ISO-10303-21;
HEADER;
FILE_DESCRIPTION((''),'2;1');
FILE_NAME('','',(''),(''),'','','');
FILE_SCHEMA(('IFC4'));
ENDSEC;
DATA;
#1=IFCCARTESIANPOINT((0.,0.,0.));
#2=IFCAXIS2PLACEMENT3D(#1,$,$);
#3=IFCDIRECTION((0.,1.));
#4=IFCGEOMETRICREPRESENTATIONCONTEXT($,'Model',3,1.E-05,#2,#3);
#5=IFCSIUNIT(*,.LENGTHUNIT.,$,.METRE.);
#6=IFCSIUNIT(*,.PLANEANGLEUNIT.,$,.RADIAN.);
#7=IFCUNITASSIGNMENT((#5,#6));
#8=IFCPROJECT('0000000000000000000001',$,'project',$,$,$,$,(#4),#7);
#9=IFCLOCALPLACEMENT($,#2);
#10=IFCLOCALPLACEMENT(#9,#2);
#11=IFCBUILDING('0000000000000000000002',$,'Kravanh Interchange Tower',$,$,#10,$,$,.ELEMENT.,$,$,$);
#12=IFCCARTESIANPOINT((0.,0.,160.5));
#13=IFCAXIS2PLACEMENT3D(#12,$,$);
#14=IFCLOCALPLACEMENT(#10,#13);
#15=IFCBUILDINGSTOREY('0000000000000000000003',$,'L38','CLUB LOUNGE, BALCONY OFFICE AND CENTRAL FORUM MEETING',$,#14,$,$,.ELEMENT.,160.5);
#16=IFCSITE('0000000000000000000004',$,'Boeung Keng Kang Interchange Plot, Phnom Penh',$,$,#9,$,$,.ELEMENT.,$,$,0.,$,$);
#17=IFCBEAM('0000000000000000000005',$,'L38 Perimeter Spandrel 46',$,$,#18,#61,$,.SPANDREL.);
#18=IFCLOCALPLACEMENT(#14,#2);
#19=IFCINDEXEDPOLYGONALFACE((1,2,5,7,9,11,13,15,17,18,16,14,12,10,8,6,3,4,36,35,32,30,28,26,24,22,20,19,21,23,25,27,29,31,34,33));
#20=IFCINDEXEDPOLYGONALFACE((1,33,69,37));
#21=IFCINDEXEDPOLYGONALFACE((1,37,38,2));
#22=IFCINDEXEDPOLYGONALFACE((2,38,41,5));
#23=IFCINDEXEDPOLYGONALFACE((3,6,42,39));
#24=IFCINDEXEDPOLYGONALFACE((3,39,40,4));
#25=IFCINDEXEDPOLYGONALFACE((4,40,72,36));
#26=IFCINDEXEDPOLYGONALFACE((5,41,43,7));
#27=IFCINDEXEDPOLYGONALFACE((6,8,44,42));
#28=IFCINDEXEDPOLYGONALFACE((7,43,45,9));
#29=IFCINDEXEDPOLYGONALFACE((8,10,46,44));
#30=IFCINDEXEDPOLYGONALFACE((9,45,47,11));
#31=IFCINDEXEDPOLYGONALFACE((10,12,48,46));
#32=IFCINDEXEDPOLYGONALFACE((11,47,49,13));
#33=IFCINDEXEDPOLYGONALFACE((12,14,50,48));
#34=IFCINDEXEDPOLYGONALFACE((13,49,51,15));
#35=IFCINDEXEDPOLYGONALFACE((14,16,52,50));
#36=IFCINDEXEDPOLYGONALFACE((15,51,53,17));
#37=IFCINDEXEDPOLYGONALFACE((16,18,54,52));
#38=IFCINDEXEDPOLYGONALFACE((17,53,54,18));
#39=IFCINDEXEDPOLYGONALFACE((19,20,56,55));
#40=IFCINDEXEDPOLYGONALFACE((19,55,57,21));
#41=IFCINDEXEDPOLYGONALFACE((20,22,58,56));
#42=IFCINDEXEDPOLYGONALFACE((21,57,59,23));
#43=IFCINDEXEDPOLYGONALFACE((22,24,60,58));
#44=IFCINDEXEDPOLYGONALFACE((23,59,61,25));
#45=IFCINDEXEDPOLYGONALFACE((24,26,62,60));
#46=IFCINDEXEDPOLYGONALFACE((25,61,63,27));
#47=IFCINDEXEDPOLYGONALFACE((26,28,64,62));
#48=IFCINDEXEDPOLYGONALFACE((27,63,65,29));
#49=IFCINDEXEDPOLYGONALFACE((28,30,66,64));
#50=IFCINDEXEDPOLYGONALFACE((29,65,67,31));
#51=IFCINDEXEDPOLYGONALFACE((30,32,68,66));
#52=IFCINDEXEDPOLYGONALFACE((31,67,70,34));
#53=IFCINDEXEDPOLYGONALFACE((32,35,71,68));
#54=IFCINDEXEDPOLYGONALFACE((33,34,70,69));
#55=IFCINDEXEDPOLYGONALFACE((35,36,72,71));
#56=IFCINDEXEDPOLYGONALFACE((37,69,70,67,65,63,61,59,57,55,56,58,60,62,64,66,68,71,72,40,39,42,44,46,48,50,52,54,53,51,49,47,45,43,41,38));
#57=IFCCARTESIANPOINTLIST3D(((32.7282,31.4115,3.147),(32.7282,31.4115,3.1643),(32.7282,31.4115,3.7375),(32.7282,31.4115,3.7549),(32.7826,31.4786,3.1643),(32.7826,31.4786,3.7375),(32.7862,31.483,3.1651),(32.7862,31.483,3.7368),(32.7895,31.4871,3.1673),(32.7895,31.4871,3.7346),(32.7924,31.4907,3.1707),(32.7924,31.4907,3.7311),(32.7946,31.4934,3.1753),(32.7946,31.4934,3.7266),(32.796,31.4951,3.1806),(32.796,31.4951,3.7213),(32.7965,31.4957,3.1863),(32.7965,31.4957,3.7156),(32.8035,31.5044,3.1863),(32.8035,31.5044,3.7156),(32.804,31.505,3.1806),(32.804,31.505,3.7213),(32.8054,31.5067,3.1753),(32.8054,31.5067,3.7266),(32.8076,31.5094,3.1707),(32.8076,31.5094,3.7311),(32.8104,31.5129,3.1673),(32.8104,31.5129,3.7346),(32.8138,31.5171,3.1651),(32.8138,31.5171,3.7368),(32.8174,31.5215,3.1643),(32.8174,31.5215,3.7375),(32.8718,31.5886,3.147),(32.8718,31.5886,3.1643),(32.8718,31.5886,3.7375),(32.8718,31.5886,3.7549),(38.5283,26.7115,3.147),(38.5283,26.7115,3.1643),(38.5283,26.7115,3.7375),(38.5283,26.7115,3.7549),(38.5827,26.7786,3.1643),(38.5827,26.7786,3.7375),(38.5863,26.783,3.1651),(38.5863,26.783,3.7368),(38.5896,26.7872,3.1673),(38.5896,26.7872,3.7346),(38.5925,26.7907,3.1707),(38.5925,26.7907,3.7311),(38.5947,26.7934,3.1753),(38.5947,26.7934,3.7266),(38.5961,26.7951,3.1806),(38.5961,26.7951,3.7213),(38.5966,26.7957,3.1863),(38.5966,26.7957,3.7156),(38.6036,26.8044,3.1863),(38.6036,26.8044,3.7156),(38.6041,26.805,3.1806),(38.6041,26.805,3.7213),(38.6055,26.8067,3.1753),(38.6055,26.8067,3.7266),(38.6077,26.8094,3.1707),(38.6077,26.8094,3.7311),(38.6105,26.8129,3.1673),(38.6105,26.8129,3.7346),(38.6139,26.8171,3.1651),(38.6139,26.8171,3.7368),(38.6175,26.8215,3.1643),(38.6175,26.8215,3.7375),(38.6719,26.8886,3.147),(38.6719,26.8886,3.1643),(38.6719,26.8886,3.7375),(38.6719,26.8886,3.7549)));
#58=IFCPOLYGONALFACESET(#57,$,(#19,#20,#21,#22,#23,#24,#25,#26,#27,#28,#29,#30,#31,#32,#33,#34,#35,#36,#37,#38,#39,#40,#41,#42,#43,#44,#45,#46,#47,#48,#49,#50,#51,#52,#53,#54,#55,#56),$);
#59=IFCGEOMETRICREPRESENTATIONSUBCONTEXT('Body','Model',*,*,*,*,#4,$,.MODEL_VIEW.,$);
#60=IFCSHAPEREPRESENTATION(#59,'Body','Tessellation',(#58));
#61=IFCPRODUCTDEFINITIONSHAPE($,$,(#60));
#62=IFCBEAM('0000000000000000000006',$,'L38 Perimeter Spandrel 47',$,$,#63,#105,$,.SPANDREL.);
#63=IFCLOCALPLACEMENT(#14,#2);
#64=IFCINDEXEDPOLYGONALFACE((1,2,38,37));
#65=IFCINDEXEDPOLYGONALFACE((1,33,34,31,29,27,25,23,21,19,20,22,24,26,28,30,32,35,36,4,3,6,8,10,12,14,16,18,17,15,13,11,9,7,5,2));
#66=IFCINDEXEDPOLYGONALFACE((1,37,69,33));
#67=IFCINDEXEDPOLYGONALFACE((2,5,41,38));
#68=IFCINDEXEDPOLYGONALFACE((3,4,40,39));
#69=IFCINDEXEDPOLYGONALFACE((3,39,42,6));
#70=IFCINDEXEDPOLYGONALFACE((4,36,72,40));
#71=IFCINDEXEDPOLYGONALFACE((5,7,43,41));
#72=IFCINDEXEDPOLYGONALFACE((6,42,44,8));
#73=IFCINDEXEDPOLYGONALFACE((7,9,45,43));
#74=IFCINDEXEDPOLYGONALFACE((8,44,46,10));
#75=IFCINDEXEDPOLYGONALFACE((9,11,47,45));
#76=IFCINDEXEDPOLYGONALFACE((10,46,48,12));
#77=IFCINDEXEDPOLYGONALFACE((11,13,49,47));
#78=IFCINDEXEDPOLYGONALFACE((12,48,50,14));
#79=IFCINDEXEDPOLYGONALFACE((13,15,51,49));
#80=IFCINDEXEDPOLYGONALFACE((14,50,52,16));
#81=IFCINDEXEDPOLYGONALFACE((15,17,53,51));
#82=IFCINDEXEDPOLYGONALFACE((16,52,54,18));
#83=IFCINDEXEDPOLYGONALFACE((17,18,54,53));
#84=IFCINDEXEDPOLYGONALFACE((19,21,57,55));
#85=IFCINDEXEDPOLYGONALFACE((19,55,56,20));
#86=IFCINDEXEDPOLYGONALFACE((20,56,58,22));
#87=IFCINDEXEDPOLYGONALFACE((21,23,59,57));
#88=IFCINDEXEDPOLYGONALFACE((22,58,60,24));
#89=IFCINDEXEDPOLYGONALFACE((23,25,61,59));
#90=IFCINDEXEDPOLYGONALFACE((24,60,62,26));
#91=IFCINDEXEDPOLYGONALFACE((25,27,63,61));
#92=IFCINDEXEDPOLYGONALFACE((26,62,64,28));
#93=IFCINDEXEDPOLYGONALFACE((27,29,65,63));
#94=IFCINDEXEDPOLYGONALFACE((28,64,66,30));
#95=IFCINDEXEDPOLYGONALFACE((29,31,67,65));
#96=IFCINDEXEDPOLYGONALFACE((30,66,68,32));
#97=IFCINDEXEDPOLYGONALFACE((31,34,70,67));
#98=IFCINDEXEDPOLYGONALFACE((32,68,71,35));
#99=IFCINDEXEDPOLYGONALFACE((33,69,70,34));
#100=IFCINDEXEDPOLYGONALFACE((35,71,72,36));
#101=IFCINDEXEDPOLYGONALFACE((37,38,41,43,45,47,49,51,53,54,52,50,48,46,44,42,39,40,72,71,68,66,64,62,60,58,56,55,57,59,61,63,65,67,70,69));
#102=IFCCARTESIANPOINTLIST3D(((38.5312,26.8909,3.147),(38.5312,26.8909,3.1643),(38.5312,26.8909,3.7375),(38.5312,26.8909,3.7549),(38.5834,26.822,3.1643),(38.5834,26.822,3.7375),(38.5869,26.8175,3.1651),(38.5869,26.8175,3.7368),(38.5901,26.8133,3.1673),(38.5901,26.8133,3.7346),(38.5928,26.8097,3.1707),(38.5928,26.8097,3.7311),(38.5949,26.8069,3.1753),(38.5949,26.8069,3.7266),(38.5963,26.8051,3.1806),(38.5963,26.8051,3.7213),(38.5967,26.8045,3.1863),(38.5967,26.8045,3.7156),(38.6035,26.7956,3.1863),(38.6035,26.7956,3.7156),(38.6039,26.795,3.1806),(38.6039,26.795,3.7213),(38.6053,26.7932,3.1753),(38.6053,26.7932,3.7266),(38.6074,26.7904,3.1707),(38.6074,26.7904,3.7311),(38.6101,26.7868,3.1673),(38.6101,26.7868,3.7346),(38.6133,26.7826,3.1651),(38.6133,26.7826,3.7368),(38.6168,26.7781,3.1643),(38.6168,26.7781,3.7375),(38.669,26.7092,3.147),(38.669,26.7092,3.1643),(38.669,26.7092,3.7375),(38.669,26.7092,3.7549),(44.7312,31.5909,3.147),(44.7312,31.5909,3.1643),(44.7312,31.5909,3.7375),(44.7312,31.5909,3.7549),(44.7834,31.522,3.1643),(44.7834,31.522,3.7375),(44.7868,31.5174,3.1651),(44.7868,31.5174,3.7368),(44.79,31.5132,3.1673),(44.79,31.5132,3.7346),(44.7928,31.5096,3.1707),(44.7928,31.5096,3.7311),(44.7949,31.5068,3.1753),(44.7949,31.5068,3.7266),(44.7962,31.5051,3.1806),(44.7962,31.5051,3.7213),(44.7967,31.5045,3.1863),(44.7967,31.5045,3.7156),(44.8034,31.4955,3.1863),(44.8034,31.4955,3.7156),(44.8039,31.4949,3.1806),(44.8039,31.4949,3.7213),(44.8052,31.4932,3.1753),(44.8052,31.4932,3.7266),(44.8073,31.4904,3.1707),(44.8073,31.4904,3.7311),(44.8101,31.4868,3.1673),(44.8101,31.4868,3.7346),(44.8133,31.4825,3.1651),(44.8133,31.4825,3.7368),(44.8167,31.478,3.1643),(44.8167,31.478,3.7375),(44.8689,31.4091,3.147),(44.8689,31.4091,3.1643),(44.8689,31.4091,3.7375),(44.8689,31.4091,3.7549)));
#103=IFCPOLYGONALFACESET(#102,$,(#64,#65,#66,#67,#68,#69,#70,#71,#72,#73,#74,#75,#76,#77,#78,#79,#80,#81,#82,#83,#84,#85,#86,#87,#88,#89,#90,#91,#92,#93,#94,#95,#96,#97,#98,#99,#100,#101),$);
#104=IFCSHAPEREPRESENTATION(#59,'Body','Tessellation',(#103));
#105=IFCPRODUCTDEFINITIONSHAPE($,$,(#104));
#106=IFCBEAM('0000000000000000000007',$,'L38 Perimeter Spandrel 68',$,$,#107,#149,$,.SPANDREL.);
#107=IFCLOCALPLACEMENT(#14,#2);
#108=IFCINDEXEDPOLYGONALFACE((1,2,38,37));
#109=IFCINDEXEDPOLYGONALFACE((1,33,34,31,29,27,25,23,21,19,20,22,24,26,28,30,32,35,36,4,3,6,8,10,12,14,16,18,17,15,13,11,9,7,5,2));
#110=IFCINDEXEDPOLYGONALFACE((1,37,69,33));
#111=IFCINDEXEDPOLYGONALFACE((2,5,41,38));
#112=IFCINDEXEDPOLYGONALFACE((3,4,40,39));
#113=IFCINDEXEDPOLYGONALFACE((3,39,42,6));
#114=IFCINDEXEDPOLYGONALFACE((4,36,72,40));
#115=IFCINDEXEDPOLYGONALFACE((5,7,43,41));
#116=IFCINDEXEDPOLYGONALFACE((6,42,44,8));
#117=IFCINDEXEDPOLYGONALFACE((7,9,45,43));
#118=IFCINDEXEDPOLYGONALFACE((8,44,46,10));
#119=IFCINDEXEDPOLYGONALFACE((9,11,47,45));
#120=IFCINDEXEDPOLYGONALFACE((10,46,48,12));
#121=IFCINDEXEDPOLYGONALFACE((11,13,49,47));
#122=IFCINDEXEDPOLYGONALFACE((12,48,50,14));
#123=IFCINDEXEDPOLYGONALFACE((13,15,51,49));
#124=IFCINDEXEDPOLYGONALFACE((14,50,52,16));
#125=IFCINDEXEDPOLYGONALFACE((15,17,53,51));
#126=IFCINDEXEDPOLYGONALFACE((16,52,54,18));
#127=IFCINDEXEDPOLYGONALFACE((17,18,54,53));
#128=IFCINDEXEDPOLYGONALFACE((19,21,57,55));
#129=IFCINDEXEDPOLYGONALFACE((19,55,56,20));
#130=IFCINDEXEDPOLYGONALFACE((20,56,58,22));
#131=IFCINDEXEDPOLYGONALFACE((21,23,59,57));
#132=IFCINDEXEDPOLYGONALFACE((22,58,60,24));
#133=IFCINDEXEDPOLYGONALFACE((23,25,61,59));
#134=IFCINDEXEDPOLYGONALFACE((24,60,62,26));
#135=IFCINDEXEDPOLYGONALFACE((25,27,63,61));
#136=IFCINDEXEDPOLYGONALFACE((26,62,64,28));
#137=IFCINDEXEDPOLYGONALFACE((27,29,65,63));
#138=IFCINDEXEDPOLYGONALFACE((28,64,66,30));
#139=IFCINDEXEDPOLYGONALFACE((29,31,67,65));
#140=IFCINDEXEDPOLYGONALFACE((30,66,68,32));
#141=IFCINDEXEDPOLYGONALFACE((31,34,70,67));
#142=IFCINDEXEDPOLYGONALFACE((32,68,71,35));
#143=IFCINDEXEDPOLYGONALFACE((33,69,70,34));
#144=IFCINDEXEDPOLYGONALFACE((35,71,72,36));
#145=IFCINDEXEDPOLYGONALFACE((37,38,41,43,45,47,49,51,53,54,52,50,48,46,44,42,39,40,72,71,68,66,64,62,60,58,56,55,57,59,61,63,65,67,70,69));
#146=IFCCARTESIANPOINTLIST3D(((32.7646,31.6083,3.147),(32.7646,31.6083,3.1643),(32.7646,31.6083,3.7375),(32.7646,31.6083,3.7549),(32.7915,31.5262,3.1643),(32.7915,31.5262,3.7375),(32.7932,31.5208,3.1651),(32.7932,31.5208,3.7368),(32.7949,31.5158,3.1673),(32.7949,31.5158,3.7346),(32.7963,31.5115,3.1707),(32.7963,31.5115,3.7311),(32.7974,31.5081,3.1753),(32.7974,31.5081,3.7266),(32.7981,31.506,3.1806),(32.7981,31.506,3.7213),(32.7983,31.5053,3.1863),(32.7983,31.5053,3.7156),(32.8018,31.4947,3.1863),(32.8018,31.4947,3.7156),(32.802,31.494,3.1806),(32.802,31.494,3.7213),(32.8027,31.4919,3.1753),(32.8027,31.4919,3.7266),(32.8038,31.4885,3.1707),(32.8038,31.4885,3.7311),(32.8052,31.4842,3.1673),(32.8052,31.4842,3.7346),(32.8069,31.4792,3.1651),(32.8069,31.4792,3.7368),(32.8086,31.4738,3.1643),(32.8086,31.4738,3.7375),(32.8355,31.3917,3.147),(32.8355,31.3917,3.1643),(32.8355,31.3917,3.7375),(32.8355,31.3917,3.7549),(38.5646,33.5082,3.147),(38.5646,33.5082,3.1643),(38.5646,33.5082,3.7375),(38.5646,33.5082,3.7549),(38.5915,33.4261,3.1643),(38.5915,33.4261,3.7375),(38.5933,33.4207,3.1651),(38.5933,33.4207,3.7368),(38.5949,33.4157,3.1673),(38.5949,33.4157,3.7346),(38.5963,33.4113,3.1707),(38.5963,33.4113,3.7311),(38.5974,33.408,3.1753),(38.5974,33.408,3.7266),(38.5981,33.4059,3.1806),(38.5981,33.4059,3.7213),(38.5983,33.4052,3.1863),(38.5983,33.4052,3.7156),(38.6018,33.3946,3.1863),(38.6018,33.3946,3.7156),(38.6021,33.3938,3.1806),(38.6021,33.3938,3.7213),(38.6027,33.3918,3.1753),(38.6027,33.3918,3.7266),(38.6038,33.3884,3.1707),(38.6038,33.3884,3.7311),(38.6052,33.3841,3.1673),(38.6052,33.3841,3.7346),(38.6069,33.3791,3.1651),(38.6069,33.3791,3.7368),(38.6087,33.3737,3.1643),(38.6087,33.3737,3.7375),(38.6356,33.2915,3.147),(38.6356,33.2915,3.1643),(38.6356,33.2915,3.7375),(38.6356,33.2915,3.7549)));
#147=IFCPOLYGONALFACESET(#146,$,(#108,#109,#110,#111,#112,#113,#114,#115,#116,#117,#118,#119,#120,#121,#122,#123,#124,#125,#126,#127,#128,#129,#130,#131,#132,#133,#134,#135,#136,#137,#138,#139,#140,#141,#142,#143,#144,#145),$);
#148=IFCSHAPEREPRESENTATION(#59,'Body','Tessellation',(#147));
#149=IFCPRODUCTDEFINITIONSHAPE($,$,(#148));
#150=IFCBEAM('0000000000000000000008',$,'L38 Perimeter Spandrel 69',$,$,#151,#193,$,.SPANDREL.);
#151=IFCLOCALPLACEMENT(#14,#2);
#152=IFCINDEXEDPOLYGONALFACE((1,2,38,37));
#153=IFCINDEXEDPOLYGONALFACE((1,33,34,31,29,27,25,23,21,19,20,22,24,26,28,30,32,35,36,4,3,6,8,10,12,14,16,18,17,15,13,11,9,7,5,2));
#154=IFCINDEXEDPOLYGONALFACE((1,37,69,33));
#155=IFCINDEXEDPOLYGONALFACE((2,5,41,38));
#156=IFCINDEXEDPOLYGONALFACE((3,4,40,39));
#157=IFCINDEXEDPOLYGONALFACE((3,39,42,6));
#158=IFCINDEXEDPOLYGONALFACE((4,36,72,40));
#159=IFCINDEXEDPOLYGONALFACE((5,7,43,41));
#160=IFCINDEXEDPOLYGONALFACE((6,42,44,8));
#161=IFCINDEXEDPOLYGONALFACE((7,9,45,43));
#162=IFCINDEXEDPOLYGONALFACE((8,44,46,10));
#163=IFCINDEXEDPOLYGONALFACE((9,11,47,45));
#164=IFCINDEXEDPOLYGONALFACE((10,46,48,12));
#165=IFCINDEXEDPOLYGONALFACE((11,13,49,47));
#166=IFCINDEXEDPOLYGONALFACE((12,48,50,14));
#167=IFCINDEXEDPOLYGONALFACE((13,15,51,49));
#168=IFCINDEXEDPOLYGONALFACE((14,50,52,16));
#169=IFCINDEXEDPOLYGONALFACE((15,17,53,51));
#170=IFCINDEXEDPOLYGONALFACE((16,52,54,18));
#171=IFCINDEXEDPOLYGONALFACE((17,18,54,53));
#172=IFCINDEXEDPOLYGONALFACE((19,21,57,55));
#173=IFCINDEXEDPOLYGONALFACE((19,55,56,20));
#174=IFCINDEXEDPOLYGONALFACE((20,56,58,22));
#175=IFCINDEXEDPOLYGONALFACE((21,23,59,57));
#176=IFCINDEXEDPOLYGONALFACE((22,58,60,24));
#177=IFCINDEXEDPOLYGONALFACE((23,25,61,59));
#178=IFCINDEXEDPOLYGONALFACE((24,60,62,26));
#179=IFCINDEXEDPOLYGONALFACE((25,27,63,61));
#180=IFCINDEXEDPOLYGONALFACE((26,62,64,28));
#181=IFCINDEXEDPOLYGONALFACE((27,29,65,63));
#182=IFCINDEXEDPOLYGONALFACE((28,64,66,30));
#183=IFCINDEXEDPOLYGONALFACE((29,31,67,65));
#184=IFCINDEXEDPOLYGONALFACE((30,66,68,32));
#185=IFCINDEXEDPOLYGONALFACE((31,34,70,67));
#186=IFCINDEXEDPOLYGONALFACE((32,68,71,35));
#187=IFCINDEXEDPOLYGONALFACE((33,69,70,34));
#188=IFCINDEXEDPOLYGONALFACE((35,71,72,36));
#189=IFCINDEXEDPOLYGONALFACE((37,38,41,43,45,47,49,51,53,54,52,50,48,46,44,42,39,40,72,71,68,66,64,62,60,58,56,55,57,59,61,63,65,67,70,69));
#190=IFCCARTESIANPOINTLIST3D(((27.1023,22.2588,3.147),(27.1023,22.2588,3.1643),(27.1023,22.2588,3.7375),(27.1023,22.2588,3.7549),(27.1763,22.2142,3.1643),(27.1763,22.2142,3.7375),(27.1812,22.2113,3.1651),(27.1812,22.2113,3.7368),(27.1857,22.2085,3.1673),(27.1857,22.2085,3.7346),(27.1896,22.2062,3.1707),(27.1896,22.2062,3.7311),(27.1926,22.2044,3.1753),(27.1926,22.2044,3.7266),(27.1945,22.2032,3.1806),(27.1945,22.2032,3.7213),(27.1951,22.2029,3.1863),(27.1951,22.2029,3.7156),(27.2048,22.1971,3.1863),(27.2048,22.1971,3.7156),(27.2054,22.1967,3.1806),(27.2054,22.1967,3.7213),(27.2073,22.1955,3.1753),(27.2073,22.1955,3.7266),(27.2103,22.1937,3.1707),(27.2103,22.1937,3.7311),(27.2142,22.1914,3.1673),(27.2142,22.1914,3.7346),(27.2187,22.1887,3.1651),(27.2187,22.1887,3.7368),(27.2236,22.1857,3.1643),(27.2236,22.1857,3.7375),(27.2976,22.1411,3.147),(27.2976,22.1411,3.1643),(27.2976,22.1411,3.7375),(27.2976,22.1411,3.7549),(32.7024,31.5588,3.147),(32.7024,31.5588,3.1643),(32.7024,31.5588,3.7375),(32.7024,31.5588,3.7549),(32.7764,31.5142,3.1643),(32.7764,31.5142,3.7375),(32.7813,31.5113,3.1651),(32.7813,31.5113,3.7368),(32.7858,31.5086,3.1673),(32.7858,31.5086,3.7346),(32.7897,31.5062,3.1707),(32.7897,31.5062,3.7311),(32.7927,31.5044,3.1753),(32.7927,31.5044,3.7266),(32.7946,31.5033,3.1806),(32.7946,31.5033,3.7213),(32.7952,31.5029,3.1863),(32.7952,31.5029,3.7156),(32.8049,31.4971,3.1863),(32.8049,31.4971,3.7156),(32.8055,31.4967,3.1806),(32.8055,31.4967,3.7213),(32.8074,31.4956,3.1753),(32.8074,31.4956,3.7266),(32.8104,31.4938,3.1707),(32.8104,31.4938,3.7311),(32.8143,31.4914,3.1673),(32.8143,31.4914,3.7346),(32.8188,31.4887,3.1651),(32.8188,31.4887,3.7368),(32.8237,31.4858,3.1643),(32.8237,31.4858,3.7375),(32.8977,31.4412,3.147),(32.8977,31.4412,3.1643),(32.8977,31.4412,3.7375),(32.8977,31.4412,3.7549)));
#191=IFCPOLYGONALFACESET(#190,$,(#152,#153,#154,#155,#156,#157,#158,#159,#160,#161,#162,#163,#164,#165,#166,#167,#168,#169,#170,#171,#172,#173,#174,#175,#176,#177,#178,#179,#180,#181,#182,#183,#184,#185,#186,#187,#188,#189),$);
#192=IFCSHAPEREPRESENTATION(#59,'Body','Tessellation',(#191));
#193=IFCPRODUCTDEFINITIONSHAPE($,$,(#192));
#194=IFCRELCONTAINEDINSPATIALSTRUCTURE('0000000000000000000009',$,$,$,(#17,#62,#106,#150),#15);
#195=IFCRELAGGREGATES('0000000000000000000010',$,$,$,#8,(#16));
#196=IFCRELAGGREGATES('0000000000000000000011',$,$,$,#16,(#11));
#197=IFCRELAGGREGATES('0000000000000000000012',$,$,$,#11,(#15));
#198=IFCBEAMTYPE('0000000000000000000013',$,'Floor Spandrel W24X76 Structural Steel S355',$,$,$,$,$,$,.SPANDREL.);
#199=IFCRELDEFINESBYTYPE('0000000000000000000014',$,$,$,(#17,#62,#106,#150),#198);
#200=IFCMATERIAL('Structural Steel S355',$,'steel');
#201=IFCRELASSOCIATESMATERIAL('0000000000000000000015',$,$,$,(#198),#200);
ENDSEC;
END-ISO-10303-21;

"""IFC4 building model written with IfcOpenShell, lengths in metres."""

from ifc_helpers import new_model, si_unit, direction, frame, origin, origin_2d, place, context, subcontext, project, spatial, i_section, extrude, material, material_profile, profile_set, type_object, element, save


model = new_model("IFC4")

# Units and contexts
model_context = context("Model", 3, precision=1e-05, world=origin(), true_north=direction((0.0, 1.0)))
body_context = subcontext(model_context, "Body", "Model", "MODEL_VIEW")
ifc_project = project(units=[si_unit("LENGTHUNIT", "METRE"), si_unit("PLANEANGLEUNIT", "RADIAN")], contexts=[model_context])

# Site, building, storey
site_placement = place(None, origin())
site = spatial("IfcSite", under=ifc_project, at=site_placement, Name="Boeung Keng Kang Interchange Plot, Phnom Penh", CompositionType="ELEMENT", RefElevation=0.0)
building_placement = place(site_placement, origin())
building = spatial("IfcBuilding", under=site, at=building_placement, Name="Kravanh Interchange Tower", CompositionType="ELEMENT")
storey_placement = place(building_placement, frame((0.0, 0.0, 160.5)))
storey = spatial("IfcBuildingStorey", under=building, at=storey_placement, Name="L38", Description="CLUB LOUNGE, BALCONY OFFICE AND CENTRAL FORUM MEETING", CompositionType="ELEMENT", Elevation=160.5)

# Beams
ifc_material_1 = material(Name="Structural Steel S355", Category="steel")
ifc_material_profile_1 = material_profile(ifc_material_1, i_section(OverallWidth=0.228, OverallDepth=0.6079, WebThickness=0.0112, FlangeThickness=0.0173, FilletRadius=0.022, at=origin_2d()), Name="W24X76")
ifc_profile_set_1 = profile_set([ifc_material_profile_1], Name="Structural Steel S355")
beam_type_1 = type_object("IfcBeamType", Name="Floor Spandrel W24X76 Structural Steel S355", PredefinedType="SPANDREL", material=ifc_profile_set_1)
beam_1_placement = place(storey_placement, frame((38.6001, 26.8, 3.4509), z_axis=(-0.776939, 0.629576, 0.0), x_axis=(-0.629576, -0.776939, 0.0)))
element("IfcBeam", 1, at=beam_1_placement, inside=storey, type_object=beam_type_1, Name="L38 Perimeter Spandrel 46", PredefinedType="SPANDREL", context=body_context, shape_type="SweptSolid", body=[
    extrude(i_section(OverallWidth=0.228, OverallDepth=0.6079, WebThickness=0.0112, FlangeThickness=0.0173, FilletRadius=0.022, at=origin_2d()), origin(), (0.0, 0.0, 1.0), 7.4653),
])
beam_2_placement = place(storey_placement, frame((38.6001, 26.8, 3.4509), z_axis=(0.796905, 0.604104, 0.0), x_axis=(-0.604104, 0.796905, 0.0)))
element("IfcBeam", 2, at=beam_2_placement, inside=storey, type_object=beam_type_1, Name="L38 Perimeter Spandrel 47", PredefinedType="SPANDREL", context=body_context, shape_type="SweptSolid", body=[
    extrude(i_section(OverallWidth=0.228, OverallDepth=0.6079, WebThickness=0.0112, FlangeThickness=0.0173, FilletRadius=0.022, at=origin_2d()), origin(), (0.0, 0.0, 1.0), 7.78),
])
beam_3_placement = place(storey_placement, frame((32.8, 31.5, 3.4509), z_axis=(0.950315, 0.311291, 0.0), x_axis=(-0.311291, 0.950315, 0.0)))
element("IfcBeam", 3, at=beam_3_placement, inside=storey, type_object=beam_type_1, Name="L38 Perimeter Spandrel 68", PredefinedType="SPANDREL", context=body_context, shape_type="SweptSolid", body=[
    extrude(i_section(OverallWidth=0.228, OverallDepth=0.6079, WebThickness=0.0112, FlangeThickness=0.0173, FilletRadius=0.022, at=origin_2d()), origin(), (0.0, 0.0, 1.0), 6.1033),
])
beam_4_placement = place(storey_placement, frame((32.8, 31.5, 3.4509), z_axis=(-0.515854, -0.856676, 0.0), x_axis=(0.856676, -0.515854, 0.0)))
element("IfcBeam", 4, at=beam_4_placement, inside=storey, type_object=beam_type_1, Name="L38 Perimeter Spandrel 69", PredefinedType="SPANDREL", context=body_context, shape_type="SweptSolid", body=[
    extrude(i_section(OverallWidth=0.228, OverallDepth=0.6079, WebThickness=0.0112, FlangeThickness=0.0173, FilletRadius=0.022, at=origin_2d()), origin(), (0.0, 0.0, 1.0), 10.856),
])

save(model, "model.ifc")
